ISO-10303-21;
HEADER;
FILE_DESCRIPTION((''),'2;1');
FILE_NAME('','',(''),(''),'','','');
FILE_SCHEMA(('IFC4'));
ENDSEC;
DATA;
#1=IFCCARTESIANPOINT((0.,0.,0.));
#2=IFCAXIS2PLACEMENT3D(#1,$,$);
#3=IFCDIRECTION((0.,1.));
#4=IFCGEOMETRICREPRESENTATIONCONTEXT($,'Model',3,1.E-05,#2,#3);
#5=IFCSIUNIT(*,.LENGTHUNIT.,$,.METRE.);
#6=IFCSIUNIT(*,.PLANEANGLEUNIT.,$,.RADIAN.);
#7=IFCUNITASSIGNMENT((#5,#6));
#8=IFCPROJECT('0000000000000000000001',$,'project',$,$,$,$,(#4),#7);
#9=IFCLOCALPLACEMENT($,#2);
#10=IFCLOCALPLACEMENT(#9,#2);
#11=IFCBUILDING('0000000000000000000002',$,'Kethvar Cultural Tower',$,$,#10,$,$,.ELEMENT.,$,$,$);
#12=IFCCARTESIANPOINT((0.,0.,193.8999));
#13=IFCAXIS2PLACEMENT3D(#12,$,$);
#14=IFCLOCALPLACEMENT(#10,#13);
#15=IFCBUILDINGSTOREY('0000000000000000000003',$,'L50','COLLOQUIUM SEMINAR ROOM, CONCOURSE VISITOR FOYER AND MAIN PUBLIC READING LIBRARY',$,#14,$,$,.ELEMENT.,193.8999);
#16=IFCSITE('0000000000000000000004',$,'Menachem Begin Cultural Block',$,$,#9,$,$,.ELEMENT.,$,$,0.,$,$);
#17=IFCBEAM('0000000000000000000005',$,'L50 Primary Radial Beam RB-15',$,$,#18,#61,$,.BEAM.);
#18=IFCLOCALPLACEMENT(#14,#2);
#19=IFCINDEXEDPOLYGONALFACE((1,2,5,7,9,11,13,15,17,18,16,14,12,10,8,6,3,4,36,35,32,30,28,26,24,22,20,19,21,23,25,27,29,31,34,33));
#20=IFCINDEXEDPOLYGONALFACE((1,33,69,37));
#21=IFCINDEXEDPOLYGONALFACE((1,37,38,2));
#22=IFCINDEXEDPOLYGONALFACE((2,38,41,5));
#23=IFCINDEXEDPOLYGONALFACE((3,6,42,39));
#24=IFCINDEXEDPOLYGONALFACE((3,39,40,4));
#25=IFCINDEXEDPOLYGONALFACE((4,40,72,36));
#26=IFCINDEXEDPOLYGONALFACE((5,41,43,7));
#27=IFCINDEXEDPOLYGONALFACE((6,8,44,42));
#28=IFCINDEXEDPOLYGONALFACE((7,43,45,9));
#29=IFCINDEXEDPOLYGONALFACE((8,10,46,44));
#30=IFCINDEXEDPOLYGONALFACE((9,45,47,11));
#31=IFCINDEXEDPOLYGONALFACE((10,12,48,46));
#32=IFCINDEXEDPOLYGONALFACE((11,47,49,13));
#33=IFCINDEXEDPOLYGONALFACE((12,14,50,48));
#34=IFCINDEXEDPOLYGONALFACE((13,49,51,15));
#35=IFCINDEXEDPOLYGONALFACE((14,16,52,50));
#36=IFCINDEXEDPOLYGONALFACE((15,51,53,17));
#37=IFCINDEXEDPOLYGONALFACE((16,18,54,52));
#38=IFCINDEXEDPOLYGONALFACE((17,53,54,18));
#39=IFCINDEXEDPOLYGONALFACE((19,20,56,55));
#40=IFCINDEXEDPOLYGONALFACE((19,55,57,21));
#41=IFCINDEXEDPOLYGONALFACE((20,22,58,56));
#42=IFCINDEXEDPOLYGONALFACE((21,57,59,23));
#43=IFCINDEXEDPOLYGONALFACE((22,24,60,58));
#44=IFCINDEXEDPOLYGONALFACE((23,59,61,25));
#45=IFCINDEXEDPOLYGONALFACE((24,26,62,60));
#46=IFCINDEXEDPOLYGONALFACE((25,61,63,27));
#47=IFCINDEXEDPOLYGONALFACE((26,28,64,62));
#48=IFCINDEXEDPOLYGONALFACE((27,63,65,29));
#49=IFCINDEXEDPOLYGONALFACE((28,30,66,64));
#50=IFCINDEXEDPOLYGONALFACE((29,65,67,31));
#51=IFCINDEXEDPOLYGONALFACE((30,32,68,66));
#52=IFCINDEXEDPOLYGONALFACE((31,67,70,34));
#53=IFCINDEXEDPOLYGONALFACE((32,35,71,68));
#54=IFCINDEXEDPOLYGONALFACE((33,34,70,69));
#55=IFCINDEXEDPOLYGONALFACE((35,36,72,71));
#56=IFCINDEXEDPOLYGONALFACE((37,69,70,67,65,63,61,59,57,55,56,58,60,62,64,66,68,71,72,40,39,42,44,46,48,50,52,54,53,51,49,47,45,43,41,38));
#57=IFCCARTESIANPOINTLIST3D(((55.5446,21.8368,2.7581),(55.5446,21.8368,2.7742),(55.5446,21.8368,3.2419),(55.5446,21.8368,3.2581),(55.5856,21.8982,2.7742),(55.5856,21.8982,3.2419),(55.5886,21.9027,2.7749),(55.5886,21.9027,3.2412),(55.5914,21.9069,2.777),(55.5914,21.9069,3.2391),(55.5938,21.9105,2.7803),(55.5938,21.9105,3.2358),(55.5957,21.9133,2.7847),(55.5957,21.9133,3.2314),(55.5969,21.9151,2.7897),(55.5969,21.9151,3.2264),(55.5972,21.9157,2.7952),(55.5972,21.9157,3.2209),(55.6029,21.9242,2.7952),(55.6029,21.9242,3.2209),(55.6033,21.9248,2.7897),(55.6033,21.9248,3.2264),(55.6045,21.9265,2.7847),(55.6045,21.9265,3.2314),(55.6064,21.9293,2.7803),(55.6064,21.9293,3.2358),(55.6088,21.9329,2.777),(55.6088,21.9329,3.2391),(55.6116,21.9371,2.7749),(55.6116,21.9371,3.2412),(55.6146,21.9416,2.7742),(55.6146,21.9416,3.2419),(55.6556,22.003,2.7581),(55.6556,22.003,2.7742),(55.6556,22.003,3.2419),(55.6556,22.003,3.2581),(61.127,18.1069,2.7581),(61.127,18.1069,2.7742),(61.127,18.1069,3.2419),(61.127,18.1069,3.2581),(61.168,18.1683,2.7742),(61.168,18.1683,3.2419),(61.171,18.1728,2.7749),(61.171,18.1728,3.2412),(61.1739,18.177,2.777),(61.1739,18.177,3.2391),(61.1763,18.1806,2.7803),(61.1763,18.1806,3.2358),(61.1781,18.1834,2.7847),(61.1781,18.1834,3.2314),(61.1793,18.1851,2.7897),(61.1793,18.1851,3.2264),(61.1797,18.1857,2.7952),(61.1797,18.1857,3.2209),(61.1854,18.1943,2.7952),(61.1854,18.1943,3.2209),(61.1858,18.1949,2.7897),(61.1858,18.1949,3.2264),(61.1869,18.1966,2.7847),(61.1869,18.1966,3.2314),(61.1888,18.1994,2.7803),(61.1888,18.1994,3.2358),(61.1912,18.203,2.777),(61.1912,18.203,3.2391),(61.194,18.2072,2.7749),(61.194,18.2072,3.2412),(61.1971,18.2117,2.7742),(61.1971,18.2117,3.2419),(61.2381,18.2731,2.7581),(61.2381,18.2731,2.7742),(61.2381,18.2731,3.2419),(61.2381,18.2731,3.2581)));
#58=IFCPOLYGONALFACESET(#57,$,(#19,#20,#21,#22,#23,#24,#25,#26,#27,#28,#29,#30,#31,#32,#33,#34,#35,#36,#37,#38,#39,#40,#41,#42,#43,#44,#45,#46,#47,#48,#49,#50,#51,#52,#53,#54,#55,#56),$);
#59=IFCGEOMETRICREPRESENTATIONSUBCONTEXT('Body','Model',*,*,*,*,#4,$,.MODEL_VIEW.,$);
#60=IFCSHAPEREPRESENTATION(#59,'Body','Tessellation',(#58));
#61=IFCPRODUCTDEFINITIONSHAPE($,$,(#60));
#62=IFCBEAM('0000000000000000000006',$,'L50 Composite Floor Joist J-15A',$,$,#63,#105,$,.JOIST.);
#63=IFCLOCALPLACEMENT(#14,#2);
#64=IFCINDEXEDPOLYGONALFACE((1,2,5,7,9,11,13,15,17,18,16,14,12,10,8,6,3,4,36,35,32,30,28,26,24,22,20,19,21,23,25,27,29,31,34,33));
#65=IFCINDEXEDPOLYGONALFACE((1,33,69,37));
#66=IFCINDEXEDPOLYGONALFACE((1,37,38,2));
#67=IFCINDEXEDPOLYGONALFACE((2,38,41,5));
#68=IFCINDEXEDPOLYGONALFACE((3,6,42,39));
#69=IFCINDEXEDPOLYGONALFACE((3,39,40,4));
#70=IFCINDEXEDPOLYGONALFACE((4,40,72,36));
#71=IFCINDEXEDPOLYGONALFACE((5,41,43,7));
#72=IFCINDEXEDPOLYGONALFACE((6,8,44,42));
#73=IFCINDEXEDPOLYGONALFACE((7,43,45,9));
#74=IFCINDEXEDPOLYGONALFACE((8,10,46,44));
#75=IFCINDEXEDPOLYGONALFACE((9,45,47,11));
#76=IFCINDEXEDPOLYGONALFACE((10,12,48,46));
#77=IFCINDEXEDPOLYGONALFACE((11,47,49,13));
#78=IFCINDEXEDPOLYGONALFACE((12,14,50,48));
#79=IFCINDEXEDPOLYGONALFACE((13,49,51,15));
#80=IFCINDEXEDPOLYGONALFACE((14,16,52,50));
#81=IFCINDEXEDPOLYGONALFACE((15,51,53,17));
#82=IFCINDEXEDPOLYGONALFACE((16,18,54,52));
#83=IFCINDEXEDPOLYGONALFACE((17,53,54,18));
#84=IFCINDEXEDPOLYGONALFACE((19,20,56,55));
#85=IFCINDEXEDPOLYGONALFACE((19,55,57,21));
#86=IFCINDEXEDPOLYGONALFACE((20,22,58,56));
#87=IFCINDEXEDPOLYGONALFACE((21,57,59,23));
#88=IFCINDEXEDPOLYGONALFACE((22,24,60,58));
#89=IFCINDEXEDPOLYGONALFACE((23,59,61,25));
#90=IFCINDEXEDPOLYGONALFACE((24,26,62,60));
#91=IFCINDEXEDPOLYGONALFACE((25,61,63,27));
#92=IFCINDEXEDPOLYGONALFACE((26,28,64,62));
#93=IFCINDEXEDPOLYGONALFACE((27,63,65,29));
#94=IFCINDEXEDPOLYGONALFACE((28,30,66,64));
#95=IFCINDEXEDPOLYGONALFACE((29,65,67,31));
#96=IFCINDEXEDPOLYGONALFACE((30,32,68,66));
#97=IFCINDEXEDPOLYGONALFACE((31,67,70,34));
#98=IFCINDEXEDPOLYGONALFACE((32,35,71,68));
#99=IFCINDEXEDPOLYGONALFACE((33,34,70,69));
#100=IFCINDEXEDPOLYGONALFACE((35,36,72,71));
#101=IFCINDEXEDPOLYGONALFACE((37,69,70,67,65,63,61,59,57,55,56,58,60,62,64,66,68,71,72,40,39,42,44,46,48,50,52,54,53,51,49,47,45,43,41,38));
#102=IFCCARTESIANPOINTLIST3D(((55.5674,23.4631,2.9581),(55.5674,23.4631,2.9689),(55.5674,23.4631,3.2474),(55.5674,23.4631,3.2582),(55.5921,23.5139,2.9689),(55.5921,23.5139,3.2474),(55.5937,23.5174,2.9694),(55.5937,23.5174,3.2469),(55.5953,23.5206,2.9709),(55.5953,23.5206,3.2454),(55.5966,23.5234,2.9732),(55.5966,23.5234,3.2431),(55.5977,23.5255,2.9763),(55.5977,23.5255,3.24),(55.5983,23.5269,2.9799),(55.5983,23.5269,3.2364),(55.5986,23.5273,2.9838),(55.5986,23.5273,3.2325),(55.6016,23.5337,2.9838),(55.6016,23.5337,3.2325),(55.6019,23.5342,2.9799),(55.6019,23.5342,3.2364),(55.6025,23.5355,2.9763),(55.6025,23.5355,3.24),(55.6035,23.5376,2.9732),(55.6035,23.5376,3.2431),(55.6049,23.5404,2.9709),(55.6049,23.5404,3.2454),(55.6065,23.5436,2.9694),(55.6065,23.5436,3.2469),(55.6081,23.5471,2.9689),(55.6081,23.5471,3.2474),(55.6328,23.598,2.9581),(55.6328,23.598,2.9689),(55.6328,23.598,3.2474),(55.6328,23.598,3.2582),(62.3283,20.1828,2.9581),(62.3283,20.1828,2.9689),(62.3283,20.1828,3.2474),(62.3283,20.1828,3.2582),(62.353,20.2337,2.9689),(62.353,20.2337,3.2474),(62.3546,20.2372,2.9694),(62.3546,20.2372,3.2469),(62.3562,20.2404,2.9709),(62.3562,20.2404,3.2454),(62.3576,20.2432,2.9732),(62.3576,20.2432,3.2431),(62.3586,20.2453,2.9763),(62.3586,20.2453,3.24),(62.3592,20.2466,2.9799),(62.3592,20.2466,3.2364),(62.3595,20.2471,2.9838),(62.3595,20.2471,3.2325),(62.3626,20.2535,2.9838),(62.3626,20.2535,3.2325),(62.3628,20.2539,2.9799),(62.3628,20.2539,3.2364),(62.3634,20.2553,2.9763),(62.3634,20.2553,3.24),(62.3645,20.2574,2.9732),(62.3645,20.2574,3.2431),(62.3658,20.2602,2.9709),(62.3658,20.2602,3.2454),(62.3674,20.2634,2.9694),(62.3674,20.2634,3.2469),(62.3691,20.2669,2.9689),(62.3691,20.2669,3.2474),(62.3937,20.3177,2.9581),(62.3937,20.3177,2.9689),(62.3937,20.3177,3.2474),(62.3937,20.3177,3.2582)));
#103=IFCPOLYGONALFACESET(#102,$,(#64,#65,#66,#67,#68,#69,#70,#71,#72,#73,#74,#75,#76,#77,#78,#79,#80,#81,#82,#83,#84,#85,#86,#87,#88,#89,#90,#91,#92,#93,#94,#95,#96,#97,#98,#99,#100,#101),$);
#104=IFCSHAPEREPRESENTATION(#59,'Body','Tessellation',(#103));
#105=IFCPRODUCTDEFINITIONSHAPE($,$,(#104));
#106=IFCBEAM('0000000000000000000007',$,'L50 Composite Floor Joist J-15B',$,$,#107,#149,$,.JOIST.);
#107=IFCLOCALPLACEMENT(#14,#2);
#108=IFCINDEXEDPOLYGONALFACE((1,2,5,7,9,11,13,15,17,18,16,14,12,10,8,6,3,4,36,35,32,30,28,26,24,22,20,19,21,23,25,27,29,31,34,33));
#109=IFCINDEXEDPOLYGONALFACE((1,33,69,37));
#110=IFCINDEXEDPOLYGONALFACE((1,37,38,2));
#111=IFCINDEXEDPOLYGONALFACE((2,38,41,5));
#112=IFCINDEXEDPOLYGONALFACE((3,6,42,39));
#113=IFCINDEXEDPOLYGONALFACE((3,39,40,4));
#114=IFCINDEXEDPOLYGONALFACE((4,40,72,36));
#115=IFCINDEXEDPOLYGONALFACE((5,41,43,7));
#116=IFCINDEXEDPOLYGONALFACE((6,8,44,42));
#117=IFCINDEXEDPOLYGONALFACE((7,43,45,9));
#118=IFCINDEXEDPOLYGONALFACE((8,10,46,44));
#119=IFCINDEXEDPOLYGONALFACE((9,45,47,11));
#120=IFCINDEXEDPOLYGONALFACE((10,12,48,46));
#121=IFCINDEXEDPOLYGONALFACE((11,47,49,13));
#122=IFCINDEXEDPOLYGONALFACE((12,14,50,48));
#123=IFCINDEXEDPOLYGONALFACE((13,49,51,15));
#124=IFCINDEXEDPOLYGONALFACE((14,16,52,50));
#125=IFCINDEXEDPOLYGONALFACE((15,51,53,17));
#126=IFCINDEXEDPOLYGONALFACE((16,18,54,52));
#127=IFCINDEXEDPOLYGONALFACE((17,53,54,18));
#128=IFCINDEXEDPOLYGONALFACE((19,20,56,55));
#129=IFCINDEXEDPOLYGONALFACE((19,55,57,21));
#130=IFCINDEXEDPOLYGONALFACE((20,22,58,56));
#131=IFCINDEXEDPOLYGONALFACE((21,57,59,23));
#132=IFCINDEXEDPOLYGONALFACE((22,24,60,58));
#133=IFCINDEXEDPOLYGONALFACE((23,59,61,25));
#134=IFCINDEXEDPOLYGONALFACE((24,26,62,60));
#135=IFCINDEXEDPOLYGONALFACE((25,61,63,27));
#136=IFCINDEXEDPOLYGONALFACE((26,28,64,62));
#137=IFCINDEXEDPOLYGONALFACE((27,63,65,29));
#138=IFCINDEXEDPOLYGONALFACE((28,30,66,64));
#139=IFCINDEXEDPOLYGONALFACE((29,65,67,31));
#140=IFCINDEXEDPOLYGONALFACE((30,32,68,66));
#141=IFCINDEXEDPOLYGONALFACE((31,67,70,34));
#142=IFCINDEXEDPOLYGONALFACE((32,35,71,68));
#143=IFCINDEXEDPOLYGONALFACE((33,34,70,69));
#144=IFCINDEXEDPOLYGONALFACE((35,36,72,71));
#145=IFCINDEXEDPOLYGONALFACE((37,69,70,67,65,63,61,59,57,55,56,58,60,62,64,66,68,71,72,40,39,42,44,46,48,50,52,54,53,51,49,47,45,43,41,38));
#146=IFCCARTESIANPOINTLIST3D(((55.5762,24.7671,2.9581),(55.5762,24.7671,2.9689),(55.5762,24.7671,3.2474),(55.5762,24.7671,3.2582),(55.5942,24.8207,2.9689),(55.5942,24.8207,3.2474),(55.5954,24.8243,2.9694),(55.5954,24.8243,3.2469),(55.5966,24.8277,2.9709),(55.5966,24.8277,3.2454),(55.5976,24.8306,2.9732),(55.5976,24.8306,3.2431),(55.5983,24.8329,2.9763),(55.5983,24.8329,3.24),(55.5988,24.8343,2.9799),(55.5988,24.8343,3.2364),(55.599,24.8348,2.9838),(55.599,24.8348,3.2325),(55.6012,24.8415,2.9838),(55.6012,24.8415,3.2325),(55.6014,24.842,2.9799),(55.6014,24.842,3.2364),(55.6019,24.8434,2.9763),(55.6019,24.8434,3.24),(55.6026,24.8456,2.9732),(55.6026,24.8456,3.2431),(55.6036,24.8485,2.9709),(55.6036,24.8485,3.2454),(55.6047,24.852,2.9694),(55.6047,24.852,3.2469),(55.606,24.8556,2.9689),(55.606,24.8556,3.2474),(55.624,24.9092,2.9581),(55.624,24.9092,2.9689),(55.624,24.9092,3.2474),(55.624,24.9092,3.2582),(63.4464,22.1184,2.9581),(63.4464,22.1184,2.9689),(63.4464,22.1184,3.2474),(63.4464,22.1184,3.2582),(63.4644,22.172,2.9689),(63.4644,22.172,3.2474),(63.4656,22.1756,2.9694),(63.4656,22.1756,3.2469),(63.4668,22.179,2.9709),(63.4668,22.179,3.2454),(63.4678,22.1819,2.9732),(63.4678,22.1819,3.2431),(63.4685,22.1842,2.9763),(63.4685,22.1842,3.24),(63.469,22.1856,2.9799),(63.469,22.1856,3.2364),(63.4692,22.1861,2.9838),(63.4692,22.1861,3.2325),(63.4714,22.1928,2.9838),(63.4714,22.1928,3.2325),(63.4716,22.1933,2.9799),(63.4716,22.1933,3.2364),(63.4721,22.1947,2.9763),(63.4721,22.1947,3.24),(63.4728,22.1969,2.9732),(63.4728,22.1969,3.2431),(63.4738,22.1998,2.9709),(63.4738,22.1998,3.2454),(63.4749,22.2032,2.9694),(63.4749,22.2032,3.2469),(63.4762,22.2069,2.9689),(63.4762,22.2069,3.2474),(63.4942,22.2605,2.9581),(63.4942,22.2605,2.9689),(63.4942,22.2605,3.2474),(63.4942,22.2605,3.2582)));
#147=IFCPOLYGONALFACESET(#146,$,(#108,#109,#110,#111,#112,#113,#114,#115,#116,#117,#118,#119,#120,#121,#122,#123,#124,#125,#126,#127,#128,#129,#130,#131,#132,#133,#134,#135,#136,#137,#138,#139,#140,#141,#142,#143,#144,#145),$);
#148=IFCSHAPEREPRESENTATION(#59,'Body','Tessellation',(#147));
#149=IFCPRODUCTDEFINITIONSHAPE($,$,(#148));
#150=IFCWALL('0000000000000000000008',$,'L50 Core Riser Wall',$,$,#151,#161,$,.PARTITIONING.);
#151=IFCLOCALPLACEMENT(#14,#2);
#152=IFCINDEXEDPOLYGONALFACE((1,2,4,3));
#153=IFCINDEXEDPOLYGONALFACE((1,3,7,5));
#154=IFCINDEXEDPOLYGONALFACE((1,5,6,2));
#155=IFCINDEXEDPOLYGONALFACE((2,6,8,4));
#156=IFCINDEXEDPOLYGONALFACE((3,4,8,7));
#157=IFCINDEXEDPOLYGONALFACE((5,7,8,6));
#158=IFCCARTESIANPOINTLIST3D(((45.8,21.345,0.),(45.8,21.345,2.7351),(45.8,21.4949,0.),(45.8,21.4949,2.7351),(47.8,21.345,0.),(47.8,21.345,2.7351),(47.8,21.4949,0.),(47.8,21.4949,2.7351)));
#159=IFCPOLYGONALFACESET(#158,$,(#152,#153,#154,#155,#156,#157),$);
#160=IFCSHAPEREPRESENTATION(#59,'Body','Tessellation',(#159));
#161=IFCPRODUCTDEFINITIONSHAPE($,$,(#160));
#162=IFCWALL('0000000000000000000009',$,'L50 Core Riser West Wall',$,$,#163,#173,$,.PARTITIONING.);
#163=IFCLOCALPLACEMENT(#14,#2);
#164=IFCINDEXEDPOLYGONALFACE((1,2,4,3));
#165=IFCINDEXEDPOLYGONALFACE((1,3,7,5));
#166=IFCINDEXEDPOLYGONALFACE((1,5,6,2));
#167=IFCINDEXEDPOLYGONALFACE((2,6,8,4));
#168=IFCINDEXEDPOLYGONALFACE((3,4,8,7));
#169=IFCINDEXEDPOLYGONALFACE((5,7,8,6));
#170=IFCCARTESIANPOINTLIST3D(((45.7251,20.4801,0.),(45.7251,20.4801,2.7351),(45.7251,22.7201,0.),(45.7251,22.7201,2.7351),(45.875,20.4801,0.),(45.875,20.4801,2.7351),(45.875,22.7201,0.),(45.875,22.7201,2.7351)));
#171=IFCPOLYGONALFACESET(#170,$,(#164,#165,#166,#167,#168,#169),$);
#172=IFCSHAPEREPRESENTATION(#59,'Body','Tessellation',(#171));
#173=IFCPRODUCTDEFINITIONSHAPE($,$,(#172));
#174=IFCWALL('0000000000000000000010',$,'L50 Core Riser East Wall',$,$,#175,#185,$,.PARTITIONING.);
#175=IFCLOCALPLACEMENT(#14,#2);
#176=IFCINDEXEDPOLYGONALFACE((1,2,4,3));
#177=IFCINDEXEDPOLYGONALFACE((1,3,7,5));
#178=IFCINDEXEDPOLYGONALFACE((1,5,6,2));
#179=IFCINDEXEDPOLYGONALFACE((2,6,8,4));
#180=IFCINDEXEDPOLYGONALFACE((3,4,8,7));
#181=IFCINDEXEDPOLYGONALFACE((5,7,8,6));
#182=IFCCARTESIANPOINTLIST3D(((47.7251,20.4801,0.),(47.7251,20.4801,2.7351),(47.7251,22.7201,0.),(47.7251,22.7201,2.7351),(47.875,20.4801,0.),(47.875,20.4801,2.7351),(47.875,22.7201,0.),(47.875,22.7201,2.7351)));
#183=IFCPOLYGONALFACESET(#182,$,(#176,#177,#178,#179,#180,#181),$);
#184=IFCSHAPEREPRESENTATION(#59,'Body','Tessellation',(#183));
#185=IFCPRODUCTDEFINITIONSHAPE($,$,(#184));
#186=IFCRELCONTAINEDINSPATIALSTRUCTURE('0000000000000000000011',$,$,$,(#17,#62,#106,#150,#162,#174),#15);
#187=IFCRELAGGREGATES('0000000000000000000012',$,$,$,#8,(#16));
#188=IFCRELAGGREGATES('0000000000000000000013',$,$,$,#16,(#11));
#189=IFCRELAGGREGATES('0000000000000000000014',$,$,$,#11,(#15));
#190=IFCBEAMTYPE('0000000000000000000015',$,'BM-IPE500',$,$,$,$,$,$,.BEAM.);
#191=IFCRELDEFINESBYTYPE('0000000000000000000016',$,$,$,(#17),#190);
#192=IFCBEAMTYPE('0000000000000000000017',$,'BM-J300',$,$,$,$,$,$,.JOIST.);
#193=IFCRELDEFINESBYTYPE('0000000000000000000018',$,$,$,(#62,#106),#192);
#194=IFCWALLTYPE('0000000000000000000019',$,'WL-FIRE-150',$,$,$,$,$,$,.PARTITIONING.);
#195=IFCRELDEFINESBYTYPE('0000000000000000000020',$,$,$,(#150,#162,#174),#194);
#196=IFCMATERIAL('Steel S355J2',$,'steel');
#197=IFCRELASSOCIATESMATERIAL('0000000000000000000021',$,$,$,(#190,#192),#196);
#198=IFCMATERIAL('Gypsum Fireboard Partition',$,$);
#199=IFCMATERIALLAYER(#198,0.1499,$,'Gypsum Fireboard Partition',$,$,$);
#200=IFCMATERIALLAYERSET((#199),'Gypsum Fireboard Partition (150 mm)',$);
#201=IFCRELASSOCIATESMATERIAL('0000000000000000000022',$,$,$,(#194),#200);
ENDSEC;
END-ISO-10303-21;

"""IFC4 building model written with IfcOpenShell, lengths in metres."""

from ifc_helpers import new_model, si_unit, direction, frame, frame_2d, origin, origin_2d, place, context, subcontext, project, spatial, rectangle, i_section, extrude, source, transform, mapped, material, layer, layer_set, material_profile, profile_set, type_object, element, save


model = new_model("IFC4")

# Units and contexts
model_context = context("Model", 3, precision=1e-05, world=origin(), true_north=direction((0.0, 1.0)))
body_context = subcontext(model_context, "Body", "Model", "MODEL_VIEW")
ifc_project = project(units=[si_unit("LENGTHUNIT", "METRE"), si_unit("PLANEANGLEUNIT", "RADIAN")], contexts=[model_context])

# Site, building, storey
site_placement = place(None, origin())
site = spatial("IfcSite", under=ifc_project, at=site_placement, Name="Menachem Begin Cultural Block", CompositionType="ELEMENT", RefElevation=0.0)
building_placement = place(site_placement, origin())
building = spatial("IfcBuilding", under=site, at=building_placement, Name="Kethvar Cultural Tower", CompositionType="ELEMENT")
storey_placement = place(building_placement, frame((0.0, 0.0, 193.8999)))
storey = spatial("IfcBuildingStorey", under=building, at=storey_placement, Name="L50", Description="COLLOQUIUM SEMINAR ROOM, CONCOURSE VISITOR FOYER AND MAIN PUBLIC READING LIBRARY", CompositionType="ELEMENT", Elevation=193.8999)

# Beams
ifc_material_1 = material(Name="Steel S355J2", Category="steel")
ifc_material_profile_1 = material_profile(ifc_material_1, i_section(OverallWidth=0.2, OverallDepth=0.5, WebThickness=0.0103, FlangeThickness=0.0161, FilletRadius=0.021, at=origin_2d()), Name="Steel S355J2 — IPE500")
ifc_profile_set_1 = profile_set([ifc_material_profile_1], Name="Steel S355J2 — IPE500")
beam_type_1 = type_object("IfcBeamType", Name="BM-IPE500", PredefinedType="BEAM", material=ifc_profile_set_1)
shared_shape_1 = source(origin(), body_context, "Body", "SweptSolid", [
    extrude(i_section(OverallWidth=0.2, OverallDepth=0.5, WebThickness=0.0103, FlangeThickness=0.0161, FilletRadius=0.021, at=origin_2d()), origin(), (0.0, 0.0, 1.0), 6.7139),
])
beam_1_placement = place(storey_placement, frame((55.6001, 21.9199, 3.0081), z_axis=(0.831479, -0.555556, 0.0), x_axis=(0.555556, 0.831479, 0.0)))
element("IfcBeam", 1, at=beam_1_placement, inside=storey, type_object=beam_type_1, Name="L50 Primary Radial Beam RB-15", PredefinedType="BEAM", context=body_context, shape_type="MappedRepresentation", body=[
    mapped(shared_shape_1, transform((0.0, 0.0, 0.0), scale=1.0)),
])
ifc_material_profile_2 = material_profile(ifc_material_1, i_section(OverallWidth=0.1499, OverallDepth=0.3, WebThickness=0.0071, FlangeThickness=0.0107, FilletRadius=0.0149, at=origin_2d()), Name="Steel S355J2 — IPE300")
ifc_profile_set_2 = profile_set([ifc_material_profile_2], Name="Steel S355J2 — IPE300")
beam_type_2 = type_object("IfcBeamType", Name="BM-J300", PredefinedType="JOIST", material=ifc_profile_set_2)
shared_shape_2 = source(origin(), body_context, "Body", "SweptSolid", [
    extrude(i_section(OverallWidth=0.1499, OverallDepth=0.3, WebThickness=0.0071, FlangeThickness=0.0107, FilletRadius=0.0149, at=origin_2d()), origin(), (0.0, 0.0, 1.0), 7.5146),
])
beam_2_placement = place(storey_placement, frame((55.6001, 23.5305, 3.1082), z_axis=(0.899698, -0.436513, 0.0), x_axis=(0.436513, 0.899698, 0.0)))
element("IfcBeam", 2, at=beam_2_placement, inside=storey, type_object=beam_type_2, Name="L50 Composite Floor Joist J-15A", PredefinedType="JOIST", context=body_context, shape_type="MappedRepresentation", body=[
    mapped(shared_shape_2, transform((0.0, 0.0, 0.0), scale=1.0)),
])
shared_shape_3 = source(origin(), body_context, "Body", "SweptSolid", [
    extrude(i_section(OverallWidth=0.1499, OverallDepth=0.3, WebThickness=0.0071, FlangeThickness=0.0107, FilletRadius=0.0149, at=origin_2d()), origin(), (0.0, 0.0, 1.0), 8.304),
])
beam_3_placement = place(storey_placement, frame((55.6001, 24.8381, 3.1082), z_axis=(0.947765, -0.31897, 0.0), x_axis=(0.31897, 0.947765, 0.0)))
element("IfcBeam", 3, at=beam_3_placement, inside=storey, type_object=beam_type_2, Name="L50 Composite Floor Joist J-15B", PredefinedType="JOIST", context=body_context, shape_type="MappedRepresentation", body=[
    mapped(shared_shape_3, transform((0.0, 0.0, 0.0), scale=1.0)),
])

# Walls
ifc_material_2 = material(Name="Gypsum Fireboard Partition")
ifc_layer_1 = layer(ifc_material_2, 0.1499, Name="Gypsum Fireboard Partition")
ifc_layer_set_1 = layer_set([ifc_layer_1], Name="Gypsum Fireboard Partition (150 mm)")
wall_type_1 = type_object("IfcWallType", Name="WL-FIRE-150", PredefinedType="PARTITIONING", material=ifc_layer_set_1)
wall_1_placement = place(storey_placement, frame((45.8, 21.4199, 0.0), z_axis=(0.0, 0.0, 1.0), x_axis=(1.0, 0.0, 0.0)))
element("IfcWall", 4, at=wall_1_placement, inside=storey, type_object=wall_type_1, Name="L50 Core Riser Wall", PredefinedType="PARTITIONING", context=body_context, shape_type="SweptSolid", body=[
    extrude(rectangle(XDim=2.0, YDim=0.1499, at=frame_2d((1.0, 0.0))), origin(), (0.0, 0.0, 1.0), 2.7351),
])
for number, where, z_axis, x_axis, name in (
    (5, (45.8, 20.48, 0.0), (0.0, 0.0, 1.0), (0.0, 1.0, 0.0), "L50 Core Riser West Wall"),
    (6, (47.8, 20.48, 0.0), (0.0, 0.0, 1.0), (0.0, 1.0, 0.0), "L50 Core Riser East Wall"),
):
    element("IfcWall", number, at=place(storey_placement, frame(where, z_axis=z_axis, x_axis=x_axis)), inside=storey, type_object=wall_type_1, Name=name, PredefinedType="PARTITIONING", context=body_context, shape_type="SweptSolid", body=[
        extrude(rectangle(XDim=2.24, YDim=0.1499, at=frame_2d((1.1201, 0.0))), origin(), (0.0, 0.0, 1.0), 2.7351),
    ])

save(model, "model.ifc")
